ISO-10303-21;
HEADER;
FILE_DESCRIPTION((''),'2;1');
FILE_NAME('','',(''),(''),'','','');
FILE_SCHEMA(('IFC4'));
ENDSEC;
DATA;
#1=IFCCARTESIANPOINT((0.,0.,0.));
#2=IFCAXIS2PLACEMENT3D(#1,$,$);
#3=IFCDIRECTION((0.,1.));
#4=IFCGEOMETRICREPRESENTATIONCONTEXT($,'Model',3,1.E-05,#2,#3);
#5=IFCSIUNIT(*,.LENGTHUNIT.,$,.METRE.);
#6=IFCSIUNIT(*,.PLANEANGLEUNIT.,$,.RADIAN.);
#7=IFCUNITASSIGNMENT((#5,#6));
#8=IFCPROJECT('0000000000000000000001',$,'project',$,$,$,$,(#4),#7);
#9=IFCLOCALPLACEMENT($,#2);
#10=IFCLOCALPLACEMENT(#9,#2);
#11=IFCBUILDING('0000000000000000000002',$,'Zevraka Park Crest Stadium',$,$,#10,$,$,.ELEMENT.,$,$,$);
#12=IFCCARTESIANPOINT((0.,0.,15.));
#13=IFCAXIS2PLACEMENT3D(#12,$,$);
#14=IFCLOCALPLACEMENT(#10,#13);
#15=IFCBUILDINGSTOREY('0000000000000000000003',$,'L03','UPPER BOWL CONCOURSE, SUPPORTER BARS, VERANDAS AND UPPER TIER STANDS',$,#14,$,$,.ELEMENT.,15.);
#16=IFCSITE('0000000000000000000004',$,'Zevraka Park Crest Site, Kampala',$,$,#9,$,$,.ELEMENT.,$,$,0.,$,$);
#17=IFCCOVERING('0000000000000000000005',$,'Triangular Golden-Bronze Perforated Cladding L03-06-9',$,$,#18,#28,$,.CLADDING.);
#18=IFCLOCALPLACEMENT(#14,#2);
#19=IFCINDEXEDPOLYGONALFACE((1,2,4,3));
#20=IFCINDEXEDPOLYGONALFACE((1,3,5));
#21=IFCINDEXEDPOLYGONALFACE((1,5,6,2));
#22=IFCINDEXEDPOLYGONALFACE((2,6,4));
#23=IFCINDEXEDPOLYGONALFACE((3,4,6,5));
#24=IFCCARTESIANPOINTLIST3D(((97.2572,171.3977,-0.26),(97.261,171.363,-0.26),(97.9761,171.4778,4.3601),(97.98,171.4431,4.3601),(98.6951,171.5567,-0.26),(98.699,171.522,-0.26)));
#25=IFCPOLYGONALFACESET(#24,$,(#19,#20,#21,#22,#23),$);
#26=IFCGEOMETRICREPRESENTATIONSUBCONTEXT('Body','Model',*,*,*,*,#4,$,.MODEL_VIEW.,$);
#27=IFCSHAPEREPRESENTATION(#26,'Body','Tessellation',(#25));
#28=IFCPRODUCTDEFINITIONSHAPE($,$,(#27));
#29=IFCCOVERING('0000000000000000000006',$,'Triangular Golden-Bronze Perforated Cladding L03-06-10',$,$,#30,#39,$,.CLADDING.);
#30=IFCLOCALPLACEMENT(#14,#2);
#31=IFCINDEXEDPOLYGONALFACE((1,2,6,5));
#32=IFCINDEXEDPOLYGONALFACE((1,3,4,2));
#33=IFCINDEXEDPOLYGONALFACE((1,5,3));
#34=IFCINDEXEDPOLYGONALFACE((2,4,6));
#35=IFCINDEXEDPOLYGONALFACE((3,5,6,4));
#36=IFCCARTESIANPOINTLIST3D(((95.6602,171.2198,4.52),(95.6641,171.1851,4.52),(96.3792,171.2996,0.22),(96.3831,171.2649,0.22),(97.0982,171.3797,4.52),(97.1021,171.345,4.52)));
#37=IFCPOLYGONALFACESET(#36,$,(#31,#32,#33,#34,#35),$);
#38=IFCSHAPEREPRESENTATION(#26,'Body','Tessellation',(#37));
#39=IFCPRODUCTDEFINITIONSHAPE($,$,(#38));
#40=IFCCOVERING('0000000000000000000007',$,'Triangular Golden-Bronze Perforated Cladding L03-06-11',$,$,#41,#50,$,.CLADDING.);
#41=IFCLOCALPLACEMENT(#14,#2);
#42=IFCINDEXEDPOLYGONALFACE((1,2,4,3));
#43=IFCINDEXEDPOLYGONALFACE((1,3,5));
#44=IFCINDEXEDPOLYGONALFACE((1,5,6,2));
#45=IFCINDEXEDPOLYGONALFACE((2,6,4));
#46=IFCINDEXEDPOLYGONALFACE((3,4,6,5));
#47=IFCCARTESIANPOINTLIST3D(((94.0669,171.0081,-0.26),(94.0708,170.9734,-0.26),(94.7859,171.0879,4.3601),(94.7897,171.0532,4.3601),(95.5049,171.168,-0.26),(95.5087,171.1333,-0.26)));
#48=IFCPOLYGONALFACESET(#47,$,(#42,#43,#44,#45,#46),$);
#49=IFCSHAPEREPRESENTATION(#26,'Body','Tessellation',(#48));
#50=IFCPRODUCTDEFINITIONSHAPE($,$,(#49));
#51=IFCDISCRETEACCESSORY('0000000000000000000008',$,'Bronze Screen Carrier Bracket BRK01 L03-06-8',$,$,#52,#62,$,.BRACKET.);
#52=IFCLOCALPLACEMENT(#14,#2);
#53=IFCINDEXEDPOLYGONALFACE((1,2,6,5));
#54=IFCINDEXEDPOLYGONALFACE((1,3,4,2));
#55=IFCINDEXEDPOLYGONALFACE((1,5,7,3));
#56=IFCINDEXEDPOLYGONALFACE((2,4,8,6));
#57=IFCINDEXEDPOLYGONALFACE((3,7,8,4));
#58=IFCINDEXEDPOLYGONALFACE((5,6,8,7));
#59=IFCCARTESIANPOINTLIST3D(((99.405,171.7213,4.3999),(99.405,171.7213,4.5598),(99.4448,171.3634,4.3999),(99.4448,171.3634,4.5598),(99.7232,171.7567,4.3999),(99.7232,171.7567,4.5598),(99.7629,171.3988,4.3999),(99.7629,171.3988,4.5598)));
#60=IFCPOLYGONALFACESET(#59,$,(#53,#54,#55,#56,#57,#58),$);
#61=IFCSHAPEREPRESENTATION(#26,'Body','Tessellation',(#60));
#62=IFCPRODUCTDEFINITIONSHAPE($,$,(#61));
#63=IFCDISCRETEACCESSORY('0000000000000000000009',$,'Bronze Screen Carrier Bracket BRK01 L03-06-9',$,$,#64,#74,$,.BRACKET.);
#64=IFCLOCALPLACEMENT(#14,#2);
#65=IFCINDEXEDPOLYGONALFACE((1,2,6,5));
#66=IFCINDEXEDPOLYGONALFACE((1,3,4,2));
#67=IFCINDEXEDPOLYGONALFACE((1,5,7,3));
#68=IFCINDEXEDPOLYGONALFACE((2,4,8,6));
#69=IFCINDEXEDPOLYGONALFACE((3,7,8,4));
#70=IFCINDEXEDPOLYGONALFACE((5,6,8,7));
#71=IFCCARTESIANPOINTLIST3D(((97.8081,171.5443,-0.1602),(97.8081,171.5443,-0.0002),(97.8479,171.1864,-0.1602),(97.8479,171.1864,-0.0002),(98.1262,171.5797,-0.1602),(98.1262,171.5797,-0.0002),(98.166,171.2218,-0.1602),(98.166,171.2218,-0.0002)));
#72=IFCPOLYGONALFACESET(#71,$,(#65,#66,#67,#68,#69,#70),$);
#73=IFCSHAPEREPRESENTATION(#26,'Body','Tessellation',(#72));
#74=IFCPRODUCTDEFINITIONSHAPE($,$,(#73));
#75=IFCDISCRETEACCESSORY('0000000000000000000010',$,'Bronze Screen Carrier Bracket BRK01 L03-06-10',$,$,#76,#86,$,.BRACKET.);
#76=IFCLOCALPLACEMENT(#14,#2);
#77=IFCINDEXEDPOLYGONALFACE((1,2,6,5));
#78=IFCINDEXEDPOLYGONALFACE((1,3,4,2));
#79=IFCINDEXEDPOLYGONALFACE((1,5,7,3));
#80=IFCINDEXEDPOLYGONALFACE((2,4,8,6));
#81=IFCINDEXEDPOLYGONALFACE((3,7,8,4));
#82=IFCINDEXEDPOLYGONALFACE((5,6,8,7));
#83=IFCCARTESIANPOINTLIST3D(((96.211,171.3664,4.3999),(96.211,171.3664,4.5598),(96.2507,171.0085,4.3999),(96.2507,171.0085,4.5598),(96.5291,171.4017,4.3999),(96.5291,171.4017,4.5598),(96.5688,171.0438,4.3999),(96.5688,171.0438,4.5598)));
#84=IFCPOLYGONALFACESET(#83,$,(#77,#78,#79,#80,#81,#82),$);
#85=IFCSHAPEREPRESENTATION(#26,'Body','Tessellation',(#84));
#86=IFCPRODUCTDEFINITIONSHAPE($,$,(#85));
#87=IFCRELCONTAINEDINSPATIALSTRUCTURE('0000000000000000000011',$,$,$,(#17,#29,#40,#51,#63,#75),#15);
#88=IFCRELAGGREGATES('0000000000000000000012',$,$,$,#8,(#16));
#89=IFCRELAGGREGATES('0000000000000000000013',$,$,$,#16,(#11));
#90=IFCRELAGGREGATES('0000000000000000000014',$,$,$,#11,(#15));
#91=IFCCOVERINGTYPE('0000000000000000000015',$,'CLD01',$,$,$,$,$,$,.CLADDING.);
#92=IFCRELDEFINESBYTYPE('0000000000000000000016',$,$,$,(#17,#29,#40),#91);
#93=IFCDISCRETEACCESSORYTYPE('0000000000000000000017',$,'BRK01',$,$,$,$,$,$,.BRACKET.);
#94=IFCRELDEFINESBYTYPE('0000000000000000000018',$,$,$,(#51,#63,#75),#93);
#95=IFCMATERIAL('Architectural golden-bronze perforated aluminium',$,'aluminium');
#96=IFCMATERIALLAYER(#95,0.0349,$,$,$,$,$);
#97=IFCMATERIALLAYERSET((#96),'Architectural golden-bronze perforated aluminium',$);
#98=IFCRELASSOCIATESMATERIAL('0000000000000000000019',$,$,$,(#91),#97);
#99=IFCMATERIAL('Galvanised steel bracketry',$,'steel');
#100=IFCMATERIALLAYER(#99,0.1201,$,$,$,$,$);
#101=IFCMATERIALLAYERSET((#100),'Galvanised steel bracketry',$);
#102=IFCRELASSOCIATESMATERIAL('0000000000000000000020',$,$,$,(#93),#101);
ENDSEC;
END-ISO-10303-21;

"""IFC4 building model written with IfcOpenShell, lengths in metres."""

from ifc_helpers import new_model, si_unit, direction, frame, origin, origin_2d, place, context, subcontext, project, spatial, polyline, rectangle, outline, extrude, material, layer, layer_set, type_object, element, save


model = new_model("IFC4")

# Units and contexts
model_context = context("Model", 3, precision=1e-05, world=origin(), true_north=direction((0.0, 1.0)))
body_context = subcontext(model_context, "Body", "Model", "MODEL_VIEW")
ifc_project = project(units=[si_unit("LENGTHUNIT", "METRE"), si_unit("PLANEANGLEUNIT", "RADIAN")], contexts=[model_context])

# Site, building, storey
site_placement = place(None, origin())
site = spatial("IfcSite", under=ifc_project, at=site_placement, Name="Zevraka Park Crest Site, Kampala", CompositionType="ELEMENT", RefElevation=0.0)
building_placement = place(site_placement, origin())
building = spatial("IfcBuilding", under=site, at=building_placement, Name="Zevraka Park Crest Stadium", CompositionType="ELEMENT")
storey_placement = place(building_placement, frame((0.0, 0.0, 15.0)))
storey = spatial("IfcBuildingStorey", under=building, at=storey_placement, Name="L03", Description="UPPER BOWL CONCOURSE, SUPPORTER BARS, VERANDAS AND UPPER TIER STANDS", CompositionType="ELEMENT", Elevation=15.0)

# Coverings
ifc_material_1 = material(Name="Architectural golden-bronze perforated aluminium", Category="aluminium")
ifc_layer_1 = layer(ifc_material_1, 0.0349)
ifc_layer_set_1 = layer_set([ifc_layer_1], Name="Architectural golden-bronze perforated aluminium")
covering_type = type_object("IfcCoveringType", Name="CLD01", PredefinedType="CLADDING", material=ifc_layer_set_1)
covering_1_placement = place(storey_placement, frame((98.699, 171.522, -0.26), z_axis=(0.109857, -0.993947, 0.000131), x_axis=(-0.993947, -0.109857, 0.0)))
element("IfcCovering", 1, at=covering_1_placement, inside=storey, type_object=covering_type, Name="Triangular Golden-Bronze Perforated Cladding L03-06-9", PredefinedType="CLADDING", context=body_context, shape_type="SweptSolid", body=[
    extrude(outline(polyline([(0.0, 0.0), (1.4467, 0.0), (0.7233, -4.6201), (0.0, 0.0)])), origin(), (0.0, 0.0, -1.0), 0.0349),
])
covering_2_placement = place(storey_placement, frame((95.6641, 171.1851, 4.52), z_axis=(0.110524, -0.993873, 0.000028), x_axis=(0.993873, 0.110524, 0.0)))
element("IfcCovering", 2, at=covering_2_placement, inside=storey, type_object=covering_type, Name="Triangular Golden-Bronze Perforated Cladding L03-06-10", PredefinedType="CLADDING", context=body_context, shape_type="SweptSolid", body=[
    extrude(outline(polyline([(0.0, 0.0), (1.4469, 0.0), (0.7234, -4.3), (0.0, 0.0)])), origin(), (0.0, 0.0, -1.0), 0.0349),
])
covering_3_placement = place(storey_placement, frame((95.5049, 171.168, -0.26), z_axis=(-0.110524, 0.993873, 0.000026), x_axis=(-0.993873, -0.110524, 0.0)))
element("IfcCovering", 3, at=covering_3_placement, inside=storey, type_object=covering_type, Name="Triangular Golden-Bronze Perforated Cladding L03-06-11", PredefinedType="CLADDING", context=body_context, shape_type="SweptSolid", body=[
    extrude(outline(polyline([(0.0, 0.0), (1.4469, 0.0), (0.7234, 4.6201), (0.0, 0.0)])), origin(), (0.0, 0.0, -1.0), 0.0349),
])

# Discrete accessories
ifc_material_2 = material(Name="Galvanised steel bracketry", Category="steel")
ifc_layer_2 = layer(ifc_material_2, 0.1201)
ifc_layer_set_2 = layer_set([ifc_layer_2], Name="Galvanised steel bracketry")
discrete_accessory_type = type_object("IfcDiscreteAccessoryType", Name="BRK01", PredefinedType="BRACKET", material=ifc_layer_set_2)
for number, where, z_axis, x_axis, name in (
    (4, (99.584, 171.5601, 4.3999), (0.0, 0.0, 1.0), (-0.993884, -0.110428, 0.0), "Bronze Screen Carrier Bracket BRK01 L03-06-8"),
    (5, (97.9871, 171.3831, -0.1602), (0.0, 0.0, 1.0), (-0.993884, -0.110428, 0.0), "Bronze Screen Carrier Bracket BRK01 L03-06-9"),
    (6, (96.3899, 171.2051, 4.3999), (0.0, 0.0, 1.0), (-0.993884, -0.110428, 0.0), "Bronze Screen Carrier Bracket BRK01 L03-06-10"),
):
    element("IfcDiscreteAccessory", number, at=place(storey_placement, frame(where, z_axis=z_axis, x_axis=x_axis)), inside=storey, type_object=discrete_accessory_type, Name=name, PredefinedType="BRACKET", context=body_context, shape_type="SweptSolid", body=[
        extrude(rectangle(XDim=0.3201, YDim=0.3601, at=origin_2d()), origin(), (0.0, 0.0, 1.0), 0.1599),
    ])

save(model, "model.ifc")
